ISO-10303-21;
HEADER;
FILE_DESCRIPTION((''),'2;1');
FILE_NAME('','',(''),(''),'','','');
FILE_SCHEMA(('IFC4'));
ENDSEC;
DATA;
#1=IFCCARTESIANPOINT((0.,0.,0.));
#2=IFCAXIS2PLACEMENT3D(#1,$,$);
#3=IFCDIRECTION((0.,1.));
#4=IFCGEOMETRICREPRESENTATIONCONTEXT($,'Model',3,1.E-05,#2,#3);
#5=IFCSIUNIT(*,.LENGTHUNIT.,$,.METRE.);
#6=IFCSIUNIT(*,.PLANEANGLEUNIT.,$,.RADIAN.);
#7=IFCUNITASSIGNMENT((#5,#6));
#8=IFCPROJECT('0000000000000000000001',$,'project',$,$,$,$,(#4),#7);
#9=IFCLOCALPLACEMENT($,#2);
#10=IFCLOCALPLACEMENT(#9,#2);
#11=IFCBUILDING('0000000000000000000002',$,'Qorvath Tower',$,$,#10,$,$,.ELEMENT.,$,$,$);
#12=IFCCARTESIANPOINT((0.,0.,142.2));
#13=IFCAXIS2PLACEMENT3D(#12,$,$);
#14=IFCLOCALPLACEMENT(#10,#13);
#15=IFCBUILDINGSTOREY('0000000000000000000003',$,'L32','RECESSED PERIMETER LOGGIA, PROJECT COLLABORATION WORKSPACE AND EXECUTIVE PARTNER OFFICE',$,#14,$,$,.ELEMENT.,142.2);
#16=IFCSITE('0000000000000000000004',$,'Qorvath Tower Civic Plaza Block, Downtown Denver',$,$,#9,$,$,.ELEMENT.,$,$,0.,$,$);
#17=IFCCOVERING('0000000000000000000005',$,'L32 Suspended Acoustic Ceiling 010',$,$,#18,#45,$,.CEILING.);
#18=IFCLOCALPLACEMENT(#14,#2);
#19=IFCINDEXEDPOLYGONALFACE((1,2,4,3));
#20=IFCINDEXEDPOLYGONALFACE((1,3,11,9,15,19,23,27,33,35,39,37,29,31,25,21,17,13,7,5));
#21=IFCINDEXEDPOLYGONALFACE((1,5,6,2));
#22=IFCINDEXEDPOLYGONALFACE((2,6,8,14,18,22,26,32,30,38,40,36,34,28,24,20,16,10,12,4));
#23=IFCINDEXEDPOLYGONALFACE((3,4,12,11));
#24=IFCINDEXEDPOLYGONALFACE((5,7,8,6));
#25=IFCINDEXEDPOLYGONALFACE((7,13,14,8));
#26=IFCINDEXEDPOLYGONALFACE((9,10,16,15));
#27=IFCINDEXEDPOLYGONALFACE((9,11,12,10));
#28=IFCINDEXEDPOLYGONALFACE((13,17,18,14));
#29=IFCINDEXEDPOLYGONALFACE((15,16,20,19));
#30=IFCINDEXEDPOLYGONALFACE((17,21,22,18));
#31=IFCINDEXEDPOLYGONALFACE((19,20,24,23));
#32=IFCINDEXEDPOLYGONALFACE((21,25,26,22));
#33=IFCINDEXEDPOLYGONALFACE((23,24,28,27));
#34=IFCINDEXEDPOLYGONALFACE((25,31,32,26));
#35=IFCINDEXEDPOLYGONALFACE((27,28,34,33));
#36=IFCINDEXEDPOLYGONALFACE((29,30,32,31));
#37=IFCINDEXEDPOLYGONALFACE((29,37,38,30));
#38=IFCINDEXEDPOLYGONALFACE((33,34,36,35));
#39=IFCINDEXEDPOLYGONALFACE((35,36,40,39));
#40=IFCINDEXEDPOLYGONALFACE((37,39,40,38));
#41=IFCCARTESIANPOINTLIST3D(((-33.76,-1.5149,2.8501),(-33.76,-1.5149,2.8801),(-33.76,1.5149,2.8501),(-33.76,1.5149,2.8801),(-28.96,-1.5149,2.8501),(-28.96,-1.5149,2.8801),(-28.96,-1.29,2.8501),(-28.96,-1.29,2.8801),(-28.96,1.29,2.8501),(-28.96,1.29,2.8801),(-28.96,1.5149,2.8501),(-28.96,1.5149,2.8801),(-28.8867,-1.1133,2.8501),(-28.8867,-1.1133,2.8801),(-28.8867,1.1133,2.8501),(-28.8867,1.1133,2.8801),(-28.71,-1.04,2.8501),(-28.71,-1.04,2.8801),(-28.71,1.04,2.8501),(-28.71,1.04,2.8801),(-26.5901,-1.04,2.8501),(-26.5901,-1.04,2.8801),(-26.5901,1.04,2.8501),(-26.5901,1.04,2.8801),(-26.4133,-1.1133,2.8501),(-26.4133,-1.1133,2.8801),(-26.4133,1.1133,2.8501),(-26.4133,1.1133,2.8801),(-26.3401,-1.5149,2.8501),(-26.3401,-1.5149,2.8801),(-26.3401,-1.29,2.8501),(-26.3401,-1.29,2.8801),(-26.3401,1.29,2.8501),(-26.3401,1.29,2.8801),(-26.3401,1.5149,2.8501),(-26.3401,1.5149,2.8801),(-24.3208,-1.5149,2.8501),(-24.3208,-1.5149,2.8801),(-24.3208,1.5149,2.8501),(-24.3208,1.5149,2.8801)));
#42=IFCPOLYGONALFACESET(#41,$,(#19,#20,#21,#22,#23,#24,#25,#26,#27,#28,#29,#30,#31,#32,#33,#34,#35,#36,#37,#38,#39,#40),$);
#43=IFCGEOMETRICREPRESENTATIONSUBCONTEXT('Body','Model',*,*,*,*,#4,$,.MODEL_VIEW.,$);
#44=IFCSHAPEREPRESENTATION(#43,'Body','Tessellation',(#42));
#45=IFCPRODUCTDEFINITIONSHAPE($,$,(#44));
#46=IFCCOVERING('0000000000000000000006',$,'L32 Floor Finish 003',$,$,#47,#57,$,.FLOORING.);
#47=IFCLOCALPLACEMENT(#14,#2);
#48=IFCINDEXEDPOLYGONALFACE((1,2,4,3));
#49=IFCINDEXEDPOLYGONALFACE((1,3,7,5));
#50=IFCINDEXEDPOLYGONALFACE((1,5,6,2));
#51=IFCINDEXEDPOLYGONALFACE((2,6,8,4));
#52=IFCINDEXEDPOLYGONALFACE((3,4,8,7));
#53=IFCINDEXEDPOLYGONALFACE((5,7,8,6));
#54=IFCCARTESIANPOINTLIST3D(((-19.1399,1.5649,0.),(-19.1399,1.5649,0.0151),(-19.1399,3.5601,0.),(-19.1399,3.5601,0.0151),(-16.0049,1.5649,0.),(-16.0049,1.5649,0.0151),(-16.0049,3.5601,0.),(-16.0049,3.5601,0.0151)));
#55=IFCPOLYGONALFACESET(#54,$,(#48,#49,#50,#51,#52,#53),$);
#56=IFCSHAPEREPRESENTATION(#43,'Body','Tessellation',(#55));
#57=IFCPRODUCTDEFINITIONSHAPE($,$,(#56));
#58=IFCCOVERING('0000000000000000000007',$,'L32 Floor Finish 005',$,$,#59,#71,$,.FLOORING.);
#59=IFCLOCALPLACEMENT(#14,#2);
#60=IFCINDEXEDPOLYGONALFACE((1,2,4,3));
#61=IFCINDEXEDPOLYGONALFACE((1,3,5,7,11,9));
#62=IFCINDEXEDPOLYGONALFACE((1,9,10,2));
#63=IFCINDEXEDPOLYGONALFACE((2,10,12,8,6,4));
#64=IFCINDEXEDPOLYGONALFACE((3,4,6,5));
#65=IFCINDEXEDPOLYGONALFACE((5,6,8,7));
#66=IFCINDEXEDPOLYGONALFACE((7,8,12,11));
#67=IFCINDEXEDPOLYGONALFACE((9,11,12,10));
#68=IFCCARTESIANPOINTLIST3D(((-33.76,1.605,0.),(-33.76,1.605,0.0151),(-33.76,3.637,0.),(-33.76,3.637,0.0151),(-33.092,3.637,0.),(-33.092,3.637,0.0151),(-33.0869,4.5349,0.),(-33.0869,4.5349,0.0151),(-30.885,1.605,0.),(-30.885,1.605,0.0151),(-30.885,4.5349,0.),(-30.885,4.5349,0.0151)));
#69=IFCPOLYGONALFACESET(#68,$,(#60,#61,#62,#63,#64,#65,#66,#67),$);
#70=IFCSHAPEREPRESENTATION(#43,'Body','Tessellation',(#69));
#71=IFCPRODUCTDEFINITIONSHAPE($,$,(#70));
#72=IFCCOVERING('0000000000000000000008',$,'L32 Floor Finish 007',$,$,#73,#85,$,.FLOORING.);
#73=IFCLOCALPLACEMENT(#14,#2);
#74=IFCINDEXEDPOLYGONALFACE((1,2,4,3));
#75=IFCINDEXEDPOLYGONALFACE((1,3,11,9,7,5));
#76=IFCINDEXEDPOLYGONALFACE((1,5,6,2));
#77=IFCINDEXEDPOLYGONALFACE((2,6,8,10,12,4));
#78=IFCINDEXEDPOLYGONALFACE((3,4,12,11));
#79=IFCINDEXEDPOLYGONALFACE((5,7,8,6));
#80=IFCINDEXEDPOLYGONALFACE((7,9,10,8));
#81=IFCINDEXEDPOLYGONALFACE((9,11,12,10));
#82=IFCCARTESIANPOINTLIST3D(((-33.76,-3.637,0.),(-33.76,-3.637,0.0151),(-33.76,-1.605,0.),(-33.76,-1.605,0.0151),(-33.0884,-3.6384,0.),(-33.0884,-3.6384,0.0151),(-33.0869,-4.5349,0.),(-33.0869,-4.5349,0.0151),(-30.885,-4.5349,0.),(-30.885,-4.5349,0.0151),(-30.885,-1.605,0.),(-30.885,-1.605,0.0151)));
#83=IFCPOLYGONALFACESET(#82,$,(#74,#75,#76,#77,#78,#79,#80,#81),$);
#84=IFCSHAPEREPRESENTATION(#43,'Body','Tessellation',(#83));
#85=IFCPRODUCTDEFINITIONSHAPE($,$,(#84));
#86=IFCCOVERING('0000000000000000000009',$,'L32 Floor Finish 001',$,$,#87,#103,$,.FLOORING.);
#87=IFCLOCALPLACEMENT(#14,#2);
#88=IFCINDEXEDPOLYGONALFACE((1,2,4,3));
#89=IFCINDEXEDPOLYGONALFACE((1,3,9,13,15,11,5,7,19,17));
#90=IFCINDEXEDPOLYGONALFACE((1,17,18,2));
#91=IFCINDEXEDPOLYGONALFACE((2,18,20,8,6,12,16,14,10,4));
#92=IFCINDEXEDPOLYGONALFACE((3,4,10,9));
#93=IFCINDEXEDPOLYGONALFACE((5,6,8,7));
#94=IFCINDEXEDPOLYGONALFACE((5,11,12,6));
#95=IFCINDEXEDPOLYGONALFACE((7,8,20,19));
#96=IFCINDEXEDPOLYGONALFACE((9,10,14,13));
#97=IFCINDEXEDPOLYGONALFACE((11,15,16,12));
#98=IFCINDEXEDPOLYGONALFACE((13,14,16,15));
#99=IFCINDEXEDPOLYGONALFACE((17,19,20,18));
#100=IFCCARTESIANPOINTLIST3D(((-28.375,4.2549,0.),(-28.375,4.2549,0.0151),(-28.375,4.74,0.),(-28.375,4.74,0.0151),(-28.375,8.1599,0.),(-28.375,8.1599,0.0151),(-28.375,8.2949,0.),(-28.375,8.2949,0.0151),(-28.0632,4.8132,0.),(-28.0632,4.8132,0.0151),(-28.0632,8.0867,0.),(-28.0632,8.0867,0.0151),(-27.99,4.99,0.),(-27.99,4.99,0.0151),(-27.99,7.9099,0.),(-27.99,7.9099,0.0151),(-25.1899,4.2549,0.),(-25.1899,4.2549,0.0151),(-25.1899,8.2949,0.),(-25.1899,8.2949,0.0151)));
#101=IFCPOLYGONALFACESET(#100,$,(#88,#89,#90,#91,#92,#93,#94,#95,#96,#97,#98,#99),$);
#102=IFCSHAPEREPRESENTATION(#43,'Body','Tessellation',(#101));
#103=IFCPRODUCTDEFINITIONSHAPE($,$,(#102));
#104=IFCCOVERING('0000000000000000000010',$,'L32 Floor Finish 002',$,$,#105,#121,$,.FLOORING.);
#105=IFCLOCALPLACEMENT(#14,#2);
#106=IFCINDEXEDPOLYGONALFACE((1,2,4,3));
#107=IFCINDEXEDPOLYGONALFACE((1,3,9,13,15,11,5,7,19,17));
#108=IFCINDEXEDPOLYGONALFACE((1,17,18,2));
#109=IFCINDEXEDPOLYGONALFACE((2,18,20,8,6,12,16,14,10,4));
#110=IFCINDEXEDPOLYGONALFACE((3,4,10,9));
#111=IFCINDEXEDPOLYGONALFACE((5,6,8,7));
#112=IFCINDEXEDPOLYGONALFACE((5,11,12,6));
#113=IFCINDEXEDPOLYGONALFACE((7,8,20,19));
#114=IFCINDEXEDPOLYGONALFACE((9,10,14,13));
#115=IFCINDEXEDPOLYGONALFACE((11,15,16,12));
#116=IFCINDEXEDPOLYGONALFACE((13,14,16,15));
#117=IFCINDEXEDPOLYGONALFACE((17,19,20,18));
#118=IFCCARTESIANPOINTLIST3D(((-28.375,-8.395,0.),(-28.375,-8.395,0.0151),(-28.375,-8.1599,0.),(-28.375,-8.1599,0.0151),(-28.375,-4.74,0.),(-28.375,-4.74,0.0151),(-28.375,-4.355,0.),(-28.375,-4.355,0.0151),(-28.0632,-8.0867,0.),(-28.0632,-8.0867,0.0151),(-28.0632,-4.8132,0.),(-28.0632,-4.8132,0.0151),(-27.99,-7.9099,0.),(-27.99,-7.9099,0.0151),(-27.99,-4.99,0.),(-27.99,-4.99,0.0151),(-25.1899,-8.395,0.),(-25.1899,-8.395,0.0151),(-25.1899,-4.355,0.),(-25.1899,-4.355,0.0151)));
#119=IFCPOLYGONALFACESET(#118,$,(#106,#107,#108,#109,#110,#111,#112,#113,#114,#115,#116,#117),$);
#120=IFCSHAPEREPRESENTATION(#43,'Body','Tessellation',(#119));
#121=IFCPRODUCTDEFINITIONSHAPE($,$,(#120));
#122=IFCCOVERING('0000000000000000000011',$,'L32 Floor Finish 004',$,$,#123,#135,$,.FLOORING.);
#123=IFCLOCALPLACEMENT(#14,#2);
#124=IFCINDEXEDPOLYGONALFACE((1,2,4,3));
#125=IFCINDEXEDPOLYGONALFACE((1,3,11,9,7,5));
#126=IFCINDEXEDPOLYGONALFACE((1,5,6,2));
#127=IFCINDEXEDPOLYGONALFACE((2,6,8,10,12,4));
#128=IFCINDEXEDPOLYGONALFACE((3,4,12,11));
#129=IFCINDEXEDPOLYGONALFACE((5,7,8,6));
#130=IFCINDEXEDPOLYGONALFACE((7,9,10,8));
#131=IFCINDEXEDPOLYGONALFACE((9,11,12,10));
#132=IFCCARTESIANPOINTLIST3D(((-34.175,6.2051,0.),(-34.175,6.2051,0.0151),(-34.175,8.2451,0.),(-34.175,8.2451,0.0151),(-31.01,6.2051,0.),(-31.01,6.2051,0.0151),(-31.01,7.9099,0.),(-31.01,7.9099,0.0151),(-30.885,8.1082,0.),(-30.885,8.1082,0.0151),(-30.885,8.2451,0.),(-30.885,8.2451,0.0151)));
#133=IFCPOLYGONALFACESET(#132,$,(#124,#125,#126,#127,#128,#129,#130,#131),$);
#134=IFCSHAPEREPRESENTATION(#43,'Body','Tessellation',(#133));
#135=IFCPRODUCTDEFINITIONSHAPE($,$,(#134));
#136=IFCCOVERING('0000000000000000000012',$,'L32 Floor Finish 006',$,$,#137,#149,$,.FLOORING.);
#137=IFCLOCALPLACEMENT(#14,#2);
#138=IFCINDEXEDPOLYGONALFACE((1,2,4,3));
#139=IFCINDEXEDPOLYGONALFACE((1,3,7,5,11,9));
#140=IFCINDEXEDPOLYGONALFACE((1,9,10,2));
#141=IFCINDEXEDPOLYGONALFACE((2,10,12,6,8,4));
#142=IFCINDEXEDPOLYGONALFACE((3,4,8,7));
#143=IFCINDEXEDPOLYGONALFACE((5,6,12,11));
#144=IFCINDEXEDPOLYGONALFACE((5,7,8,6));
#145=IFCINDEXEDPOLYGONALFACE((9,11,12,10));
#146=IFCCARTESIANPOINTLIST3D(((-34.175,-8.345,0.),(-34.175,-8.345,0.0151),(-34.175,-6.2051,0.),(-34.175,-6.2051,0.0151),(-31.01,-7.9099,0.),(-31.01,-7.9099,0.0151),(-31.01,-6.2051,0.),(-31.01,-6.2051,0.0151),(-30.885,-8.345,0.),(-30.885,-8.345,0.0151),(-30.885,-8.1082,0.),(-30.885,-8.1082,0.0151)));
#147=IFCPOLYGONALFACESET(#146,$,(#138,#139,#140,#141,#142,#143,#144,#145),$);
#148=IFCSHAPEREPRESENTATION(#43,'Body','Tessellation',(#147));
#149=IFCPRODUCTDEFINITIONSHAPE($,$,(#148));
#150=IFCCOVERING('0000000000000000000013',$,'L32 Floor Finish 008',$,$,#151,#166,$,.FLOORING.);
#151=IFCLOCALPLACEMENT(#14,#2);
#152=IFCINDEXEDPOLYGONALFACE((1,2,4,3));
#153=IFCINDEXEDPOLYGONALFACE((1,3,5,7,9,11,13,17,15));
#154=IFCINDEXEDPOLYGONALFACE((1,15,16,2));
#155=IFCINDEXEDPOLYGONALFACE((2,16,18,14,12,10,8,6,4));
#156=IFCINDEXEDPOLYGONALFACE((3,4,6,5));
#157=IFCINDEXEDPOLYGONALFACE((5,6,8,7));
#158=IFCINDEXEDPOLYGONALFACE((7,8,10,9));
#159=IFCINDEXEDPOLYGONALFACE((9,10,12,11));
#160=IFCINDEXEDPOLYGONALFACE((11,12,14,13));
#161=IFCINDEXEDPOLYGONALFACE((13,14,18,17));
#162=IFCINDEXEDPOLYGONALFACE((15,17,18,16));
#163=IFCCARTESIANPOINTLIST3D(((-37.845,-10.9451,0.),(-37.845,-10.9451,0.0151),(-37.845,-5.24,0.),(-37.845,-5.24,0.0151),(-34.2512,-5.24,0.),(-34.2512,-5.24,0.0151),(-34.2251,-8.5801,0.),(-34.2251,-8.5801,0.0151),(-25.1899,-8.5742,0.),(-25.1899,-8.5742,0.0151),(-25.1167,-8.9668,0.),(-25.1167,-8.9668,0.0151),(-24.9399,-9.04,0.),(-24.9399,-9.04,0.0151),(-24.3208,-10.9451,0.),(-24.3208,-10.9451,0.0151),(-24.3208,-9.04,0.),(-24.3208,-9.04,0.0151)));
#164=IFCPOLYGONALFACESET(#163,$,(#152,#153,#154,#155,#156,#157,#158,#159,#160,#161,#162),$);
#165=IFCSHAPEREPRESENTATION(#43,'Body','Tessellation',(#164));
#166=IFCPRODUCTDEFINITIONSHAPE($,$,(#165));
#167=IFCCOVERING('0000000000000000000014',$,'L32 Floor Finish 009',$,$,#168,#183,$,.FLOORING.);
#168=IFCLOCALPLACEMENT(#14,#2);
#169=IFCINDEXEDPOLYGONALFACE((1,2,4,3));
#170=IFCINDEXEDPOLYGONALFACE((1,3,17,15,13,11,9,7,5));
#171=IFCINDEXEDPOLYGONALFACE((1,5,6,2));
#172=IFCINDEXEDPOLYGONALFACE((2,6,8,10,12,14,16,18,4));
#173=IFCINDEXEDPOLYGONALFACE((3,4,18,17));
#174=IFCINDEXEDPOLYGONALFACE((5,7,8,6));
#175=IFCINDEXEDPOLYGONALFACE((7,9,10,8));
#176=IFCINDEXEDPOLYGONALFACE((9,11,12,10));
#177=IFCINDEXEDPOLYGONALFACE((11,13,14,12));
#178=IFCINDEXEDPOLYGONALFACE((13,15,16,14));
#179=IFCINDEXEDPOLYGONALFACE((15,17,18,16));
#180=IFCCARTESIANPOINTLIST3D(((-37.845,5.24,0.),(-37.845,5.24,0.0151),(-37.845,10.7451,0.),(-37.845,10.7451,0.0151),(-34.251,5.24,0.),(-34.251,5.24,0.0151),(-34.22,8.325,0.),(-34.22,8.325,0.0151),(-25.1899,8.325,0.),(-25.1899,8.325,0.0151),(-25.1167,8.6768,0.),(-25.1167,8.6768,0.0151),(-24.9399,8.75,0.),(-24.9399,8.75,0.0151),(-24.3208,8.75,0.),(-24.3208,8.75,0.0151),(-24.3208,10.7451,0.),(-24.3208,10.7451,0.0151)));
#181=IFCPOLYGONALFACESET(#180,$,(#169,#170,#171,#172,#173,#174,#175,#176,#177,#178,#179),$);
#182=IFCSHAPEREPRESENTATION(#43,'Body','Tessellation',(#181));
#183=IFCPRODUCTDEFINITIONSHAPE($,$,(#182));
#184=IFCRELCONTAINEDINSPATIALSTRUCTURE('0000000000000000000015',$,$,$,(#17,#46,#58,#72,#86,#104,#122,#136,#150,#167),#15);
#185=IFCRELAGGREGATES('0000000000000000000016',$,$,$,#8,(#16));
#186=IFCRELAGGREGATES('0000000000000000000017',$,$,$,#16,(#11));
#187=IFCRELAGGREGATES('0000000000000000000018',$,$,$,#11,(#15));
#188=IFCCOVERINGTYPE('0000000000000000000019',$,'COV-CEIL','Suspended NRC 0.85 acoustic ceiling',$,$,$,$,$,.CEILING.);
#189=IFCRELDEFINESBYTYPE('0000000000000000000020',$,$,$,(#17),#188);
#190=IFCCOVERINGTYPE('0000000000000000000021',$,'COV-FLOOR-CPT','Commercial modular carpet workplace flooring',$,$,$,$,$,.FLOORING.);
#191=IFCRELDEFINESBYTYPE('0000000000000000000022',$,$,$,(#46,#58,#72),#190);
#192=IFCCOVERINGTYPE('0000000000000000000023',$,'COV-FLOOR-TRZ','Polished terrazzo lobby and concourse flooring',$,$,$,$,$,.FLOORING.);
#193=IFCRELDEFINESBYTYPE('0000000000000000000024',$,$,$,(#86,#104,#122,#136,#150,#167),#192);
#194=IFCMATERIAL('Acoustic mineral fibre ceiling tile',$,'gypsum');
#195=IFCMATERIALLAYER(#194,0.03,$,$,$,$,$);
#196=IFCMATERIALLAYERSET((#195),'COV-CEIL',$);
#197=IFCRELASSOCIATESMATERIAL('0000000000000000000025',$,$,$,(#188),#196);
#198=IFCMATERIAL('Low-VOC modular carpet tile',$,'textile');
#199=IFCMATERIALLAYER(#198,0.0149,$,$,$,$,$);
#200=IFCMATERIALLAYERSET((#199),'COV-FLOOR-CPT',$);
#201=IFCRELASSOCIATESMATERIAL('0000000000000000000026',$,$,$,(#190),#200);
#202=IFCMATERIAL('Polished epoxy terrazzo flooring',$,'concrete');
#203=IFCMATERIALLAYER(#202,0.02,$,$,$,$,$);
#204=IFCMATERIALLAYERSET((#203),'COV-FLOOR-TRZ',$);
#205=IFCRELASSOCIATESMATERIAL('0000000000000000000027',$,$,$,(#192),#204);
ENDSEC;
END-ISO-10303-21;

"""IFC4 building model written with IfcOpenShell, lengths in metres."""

from ifc_helpers import new_model, si_unit, direction, frame, origin, place, context, subcontext, project, spatial, polyline, outline, extrude, material, layer, layer_set, type_object, element, save


model = new_model("IFC4")

# Units and contexts
model_context = context("Model", 3, precision=1e-05, world=origin(), true_north=direction((0.0, 1.0)))
body_context = subcontext(model_context, "Body", "Model", "MODEL_VIEW")
ifc_project = project(units=[si_unit("LENGTHUNIT", "METRE"), si_unit("PLANEANGLEUNIT", "RADIAN")], contexts=[model_context])

# Site, building, storey
site_placement = place(None, origin())
site = spatial("IfcSite", under=ifc_project, at=site_placement, Name="Qorvath Tower Civic Plaza Block, Downtown Denver", CompositionType="ELEMENT", RefElevation=0.0)
building_placement = place(site_placement, origin())
building = spatial("IfcBuilding", under=site, at=building_placement, Name="Qorvath Tower", CompositionType="ELEMENT")
storey_placement = place(building_placement, frame((0.0, 0.0, 142.2)))
storey = spatial("IfcBuildingStorey", under=building, at=storey_placement, Name="L32", Description="RECESSED PERIMETER LOGGIA, PROJECT COLLABORATION WORKSPACE AND EXECUTIVE PARTNER OFFICE", CompositionType="ELEMENT", Elevation=142.2)

# Coverings
ifc_material_1 = material(Name="Acoustic mineral fibre ceiling tile", Category="gypsum")
ifc_layer_1 = layer(ifc_material_1, 0.03)
ifc_layer_set_1 = layer_set([ifc_layer_1], Name="COV-CEIL")
covering_type_1 = type_object("IfcCoveringType", Name="COV-CEIL", Description="Suspended NRC 0.85 acoustic ceiling", PredefinedType="CEILING", material=ifc_layer_set_1)
covering_1_placement = place(storey_placement, frame((0.0, 0.0, 2.8501)))
element("IfcCovering", 1, at=covering_1_placement, inside=storey, type_object=covering_type_1, Name="L32 Suspended Acoustic Ceiling 010", PredefinedType="CEILING", context=body_context, shape_type="SweptSolid", body=[
    extrude(outline(polyline([(-24.3208, -1.5149), (-24.3208, 1.5149), (-26.3401, 1.5149), (-26.3401, 1.29), (-26.4133, 1.1133), (-26.5901, 1.04), (-28.71, 1.04), (-28.8867, 1.1133), (-28.96, 1.29), (-28.96, 1.5149), (-33.76, 1.5149), (-33.76, -1.5149), (-28.96, -1.5149), (-28.96, -1.29), (-28.8867, -1.1133), (-28.71, -1.04), (-26.5901, -1.04), (-26.4133, -1.1133), (-26.3401, -1.29), (-26.3401, -1.5149), (-24.3208, -1.5149)])), origin(), (0.0, 0.0, 1.0), 0.03),
])
ifc_material_2 = material(Name="Low-VOC modular carpet tile", Category="textile")
ifc_layer_2 = layer(ifc_material_2, 0.0149)
ifc_layer_set_2 = layer_set([ifc_layer_2], Name="COV-FLOOR-CPT")
covering_type_2 = type_object("IfcCoveringType", Name="COV-FLOOR-CPT", Description="Commercial modular carpet workplace flooring", PredefinedType="FLOORING", material=ifc_layer_set_2)
covering_2_placement = place(storey_placement, origin())
element("IfcCovering", 2, at=covering_2_placement, inside=storey, type_object=covering_type_2, Name="L32 Floor Finish 003", PredefinedType="FLOORING", context=body_context, shape_type="SweptSolid", body=[
    extrude(outline(polyline([(-16.0049, 3.5601), (-19.1399, 3.5601), (-19.1399, 1.5649), (-16.0049, 1.5649), (-16.0049, 3.5601)])), origin(), (0.0, 0.0, 1.0), 0.0151),
])
covering_3_placement = place(storey_placement, origin())
element("IfcCovering", 3, at=covering_3_placement, inside=storey, type_object=covering_type_2, Name="L32 Floor Finish 005", PredefinedType="FLOORING", context=body_context, shape_type="SweptSolid", body=[
    extrude(outline(polyline([(-33.76, 3.637), (-33.76, 1.605), (-30.885, 1.605), (-30.885, 4.5349), (-33.0869, 4.5349), (-33.092, 3.637), (-33.76, 3.637)])), origin(), (0.0, 0.0, 1.0), 0.0151),
])
covering_4_placement = place(storey_placement, origin())
element("IfcCovering", 4, at=covering_4_placement, inside=storey, type_object=covering_type_2, Name="L32 Floor Finish 007", PredefinedType="FLOORING", context=body_context, shape_type="SweptSolid", body=[
    extrude(outline(polyline([(-30.885, -4.5349), (-30.885, -1.605), (-33.76, -1.605), (-33.76, -3.637), (-33.0884, -3.6384), (-33.0869, -4.5349), (-30.885, -4.5349)])), origin(), (0.0, 0.0, 1.0), 0.0151),
])
ifc_material_3 = material(Name="Polished epoxy terrazzo flooring", Category="concrete")
ifc_layer_3 = layer(ifc_material_3, 0.02)
ifc_layer_set_3 = layer_set([ifc_layer_3], Name="COV-FLOOR-TRZ")
covering_type_3 = type_object("IfcCoveringType", Name="COV-FLOOR-TRZ", Description="Polished terrazzo lobby and concourse flooring", PredefinedType="FLOORING", material=ifc_layer_set_3)
covering_5_placement = place(storey_placement, origin())
element("IfcCovering", 5, at=covering_5_placement, inside=storey, type_object=covering_type_3, Name="L32 Floor Finish 001", PredefinedType="FLOORING", context=body_context, shape_type="SweptSolid", body=[
    extrude(outline(polyline([(-25.1899, 4.2549), (-25.1899, 8.2949), (-28.375, 8.2949), (-28.375, 8.1599), (-28.0632, 8.0867), (-27.99, 7.9099), (-27.99, 4.99), (-28.0632, 4.8132), (-28.375, 4.74), (-28.375, 4.2549), (-25.1899, 4.2549)])), origin(), (0.0, 0.0, 1.0), 0.0151),
])
covering_6_placement = place(storey_placement, origin())
element("IfcCovering", 6, at=covering_6_placement, inside=storey, type_object=covering_type_3, Name="L32 Floor Finish 002", PredefinedType="FLOORING", context=body_context, shape_type="SweptSolid", body=[
    extrude(outline(polyline([(-25.1899, -8.395), (-25.1899, -4.355), (-28.375, -4.355), (-28.375, -4.74), (-28.0632, -4.8132), (-27.99, -4.99), (-27.99, -7.9099), (-28.0632, -8.0867), (-28.375, -8.1599), (-28.375, -8.395), (-25.1899, -8.395)])), origin(), (0.0, 0.0, 1.0), 0.0151),
])
covering_7_placement = place(storey_placement, origin())
element("IfcCovering", 7, at=covering_7_placement, inside=storey, type_object=covering_type_3, Name="L32 Floor Finish 004", PredefinedType="FLOORING", context=body_context, shape_type="SweptSolid", body=[
    extrude(outline(polyline([(-31.01, 6.2051), (-31.01, 7.9099), (-30.885, 8.1082), (-30.885, 8.2451), (-34.175, 8.2451), (-34.175, 6.2051), (-31.01, 6.2051)])), origin(), (0.0, 0.0, 1.0), 0.0151),
])
covering_8_placement = place(storey_placement, origin())
element("IfcCovering", 8, at=covering_8_placement, inside=storey, type_object=covering_type_3, Name="L32 Floor Finish 006", PredefinedType="FLOORING", context=body_context, shape_type="SweptSolid", body=[
    extrude(outline(polyline([(-30.885, -8.345), (-30.885, -8.1082), (-31.01, -7.9099), (-31.01, -6.2051), (-34.175, -6.2051), (-34.175, -8.345), (-30.885, -8.345)])), origin(), (0.0, 0.0, 1.0), 0.0151),
])
covering_9_placement = place(storey_placement, origin())
element("IfcCovering", 9, at=covering_9_placement, inside=storey, type_object=covering_type_3, Name="L32 Floor Finish 008", PredefinedType="FLOORING", context=body_context, shape_type="SweptSolid", body=[
    extrude(outline(polyline([(-34.2251, -8.5801), (-34.2512, -5.24), (-37.845, -5.24), (-37.845, -10.9451), (-24.3208, -10.9451), (-24.3208, -9.04), (-24.9399, -9.04), (-25.1167, -8.9668), (-25.1899, -8.5742), (-34.2251, -8.5801)])), origin(), (0.0, 0.0, 1.0), 0.0151),
])
covering_10_placement = place(storey_placement, origin())
element("IfcCovering", 10, at=covering_10_placement, inside=storey, type_object=covering_type_3, Name="L32 Floor Finish 009", PredefinedType="FLOORING", context=body_context, shape_type="SweptSolid", body=[
    extrude(outline(polyline([(-24.3208, 8.75), (-24.3208, 10.7451), (-37.845, 10.7451), (-37.845, 5.24), (-34.251, 5.24), (-34.22, 8.325), (-25.1899, 8.325), (-25.1167, 8.6768), (-24.9399, 8.75), (-24.3208, 8.75)])), origin(), (0.0, 0.0, 1.0), 0.0151),
])

save(model, "model.ifc")
